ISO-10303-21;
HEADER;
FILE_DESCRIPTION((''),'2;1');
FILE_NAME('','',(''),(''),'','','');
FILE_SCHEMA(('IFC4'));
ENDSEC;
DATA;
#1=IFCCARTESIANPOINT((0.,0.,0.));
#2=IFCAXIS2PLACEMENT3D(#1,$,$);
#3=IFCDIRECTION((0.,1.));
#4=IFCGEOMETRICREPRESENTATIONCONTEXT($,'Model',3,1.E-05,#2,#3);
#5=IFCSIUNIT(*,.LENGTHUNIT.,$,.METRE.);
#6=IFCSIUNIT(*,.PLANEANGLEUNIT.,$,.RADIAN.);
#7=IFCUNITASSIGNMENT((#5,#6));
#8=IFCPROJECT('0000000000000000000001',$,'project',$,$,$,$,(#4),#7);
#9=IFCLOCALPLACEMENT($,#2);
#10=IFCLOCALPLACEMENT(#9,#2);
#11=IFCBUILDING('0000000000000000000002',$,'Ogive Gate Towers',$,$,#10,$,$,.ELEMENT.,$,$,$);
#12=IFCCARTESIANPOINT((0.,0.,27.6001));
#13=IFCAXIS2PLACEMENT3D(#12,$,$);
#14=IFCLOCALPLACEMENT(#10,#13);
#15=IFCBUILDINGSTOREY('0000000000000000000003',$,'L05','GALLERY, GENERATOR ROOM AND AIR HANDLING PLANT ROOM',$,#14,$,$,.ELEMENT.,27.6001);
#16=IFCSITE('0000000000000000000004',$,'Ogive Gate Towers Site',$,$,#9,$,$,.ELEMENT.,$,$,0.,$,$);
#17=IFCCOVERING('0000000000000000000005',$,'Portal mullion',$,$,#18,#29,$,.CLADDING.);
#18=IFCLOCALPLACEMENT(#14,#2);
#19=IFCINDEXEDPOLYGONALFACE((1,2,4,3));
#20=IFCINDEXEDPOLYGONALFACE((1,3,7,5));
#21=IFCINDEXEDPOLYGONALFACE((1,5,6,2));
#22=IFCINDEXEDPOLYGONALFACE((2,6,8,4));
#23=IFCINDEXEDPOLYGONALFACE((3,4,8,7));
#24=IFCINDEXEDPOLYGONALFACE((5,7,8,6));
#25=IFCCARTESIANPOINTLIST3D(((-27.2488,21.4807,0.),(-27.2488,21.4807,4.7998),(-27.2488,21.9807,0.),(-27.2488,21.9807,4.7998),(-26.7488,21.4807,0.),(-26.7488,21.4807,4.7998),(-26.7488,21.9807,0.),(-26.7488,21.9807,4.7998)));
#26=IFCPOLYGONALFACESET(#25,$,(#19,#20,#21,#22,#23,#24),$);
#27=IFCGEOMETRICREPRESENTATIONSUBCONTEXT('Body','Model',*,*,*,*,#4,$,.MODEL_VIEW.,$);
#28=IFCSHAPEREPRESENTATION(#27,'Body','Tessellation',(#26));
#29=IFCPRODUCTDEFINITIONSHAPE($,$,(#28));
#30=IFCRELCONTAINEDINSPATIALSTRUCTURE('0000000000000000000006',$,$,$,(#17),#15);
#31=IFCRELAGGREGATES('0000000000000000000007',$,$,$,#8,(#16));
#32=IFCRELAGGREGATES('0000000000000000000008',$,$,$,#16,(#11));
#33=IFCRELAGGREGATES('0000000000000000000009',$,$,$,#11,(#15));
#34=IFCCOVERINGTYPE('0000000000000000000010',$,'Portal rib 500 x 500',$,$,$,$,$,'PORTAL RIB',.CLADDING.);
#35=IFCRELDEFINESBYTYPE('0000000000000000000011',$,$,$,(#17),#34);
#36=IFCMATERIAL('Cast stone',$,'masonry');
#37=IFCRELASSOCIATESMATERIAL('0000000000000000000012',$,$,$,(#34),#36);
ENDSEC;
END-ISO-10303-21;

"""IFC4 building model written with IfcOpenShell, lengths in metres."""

from ifc_helpers import new_model, si_unit, direction, frame, origin, origin_2d, place, context, subcontext, project, spatial, rectangle, extrude, material, material_profile, profile_set, type_object, element, save


model = new_model("IFC4")

# Units and contexts
model_context = context("Model", 3, precision=1e-05, world=origin(), true_north=direction((0.0, 1.0)))
body_context = subcontext(model_context, "Body", "Model", "MODEL_VIEW")
ifc_project = project(units=[si_unit("LENGTHUNIT", "METRE"), si_unit("PLANEANGLEUNIT", "RADIAN")], contexts=[model_context])

# Site, building, storey
site_placement = place(None, origin())
site = spatial("IfcSite", under=ifc_project, at=site_placement, Name="Ogive Gate Towers Site", CompositionType="ELEMENT", RefElevation=0.0)
building_placement = place(site_placement, origin())
building = spatial("IfcBuilding", under=site, at=building_placement, Name="Ogive Gate Towers", CompositionType="ELEMENT")
storey_placement = place(building_placement, frame((0.0, 0.0, 27.6001)))
storey = spatial("IfcBuildingStorey", under=building, at=storey_placement, Name="L05", Description="GALLERY, GENERATOR ROOM AND AIR HANDLING PLANT ROOM", CompositionType="ELEMENT", Elevation=27.6001)

# Covering
ifc_material_1 = material(Name="Cast stone", Category="masonry")
ifc_material_profile_1 = material_profile(ifc_material_1, rectangle(XDim=0.5, YDim=0.5, at=origin_2d()), Name="500 x 500 cast stone")
ifc_profile_set_1 = profile_set([ifc_material_profile_1], Name="Cast stone")
covering_type = type_object("IfcCoveringType", Name="Portal rib 500 x 500", ElementType="PORTAL RIB", PredefinedType="CLADDING", material=ifc_profile_set_1)
for number, where, z_axis, x_axis, name in (
    (1, (-26.9988, 21.7307, 0.0), (0.0, 0.0, 1.0), (1.0, 0.0, 0.0), "Portal mullion"),
):
    element("IfcCovering", number, at=place(storey_placement, frame(where, z_axis=z_axis, x_axis=x_axis)), inside=storey, type_object=covering_type, Name=name, PredefinedType="CLADDING", context=body_context, shape_type="SweptSolid", body=[
        extrude(rectangle(XDim=0.5, YDim=0.5, at=origin_2d()), origin(), (0.0, 0.0, 1.0), 4.7998),
    ])

save(model, "model.ifc")
